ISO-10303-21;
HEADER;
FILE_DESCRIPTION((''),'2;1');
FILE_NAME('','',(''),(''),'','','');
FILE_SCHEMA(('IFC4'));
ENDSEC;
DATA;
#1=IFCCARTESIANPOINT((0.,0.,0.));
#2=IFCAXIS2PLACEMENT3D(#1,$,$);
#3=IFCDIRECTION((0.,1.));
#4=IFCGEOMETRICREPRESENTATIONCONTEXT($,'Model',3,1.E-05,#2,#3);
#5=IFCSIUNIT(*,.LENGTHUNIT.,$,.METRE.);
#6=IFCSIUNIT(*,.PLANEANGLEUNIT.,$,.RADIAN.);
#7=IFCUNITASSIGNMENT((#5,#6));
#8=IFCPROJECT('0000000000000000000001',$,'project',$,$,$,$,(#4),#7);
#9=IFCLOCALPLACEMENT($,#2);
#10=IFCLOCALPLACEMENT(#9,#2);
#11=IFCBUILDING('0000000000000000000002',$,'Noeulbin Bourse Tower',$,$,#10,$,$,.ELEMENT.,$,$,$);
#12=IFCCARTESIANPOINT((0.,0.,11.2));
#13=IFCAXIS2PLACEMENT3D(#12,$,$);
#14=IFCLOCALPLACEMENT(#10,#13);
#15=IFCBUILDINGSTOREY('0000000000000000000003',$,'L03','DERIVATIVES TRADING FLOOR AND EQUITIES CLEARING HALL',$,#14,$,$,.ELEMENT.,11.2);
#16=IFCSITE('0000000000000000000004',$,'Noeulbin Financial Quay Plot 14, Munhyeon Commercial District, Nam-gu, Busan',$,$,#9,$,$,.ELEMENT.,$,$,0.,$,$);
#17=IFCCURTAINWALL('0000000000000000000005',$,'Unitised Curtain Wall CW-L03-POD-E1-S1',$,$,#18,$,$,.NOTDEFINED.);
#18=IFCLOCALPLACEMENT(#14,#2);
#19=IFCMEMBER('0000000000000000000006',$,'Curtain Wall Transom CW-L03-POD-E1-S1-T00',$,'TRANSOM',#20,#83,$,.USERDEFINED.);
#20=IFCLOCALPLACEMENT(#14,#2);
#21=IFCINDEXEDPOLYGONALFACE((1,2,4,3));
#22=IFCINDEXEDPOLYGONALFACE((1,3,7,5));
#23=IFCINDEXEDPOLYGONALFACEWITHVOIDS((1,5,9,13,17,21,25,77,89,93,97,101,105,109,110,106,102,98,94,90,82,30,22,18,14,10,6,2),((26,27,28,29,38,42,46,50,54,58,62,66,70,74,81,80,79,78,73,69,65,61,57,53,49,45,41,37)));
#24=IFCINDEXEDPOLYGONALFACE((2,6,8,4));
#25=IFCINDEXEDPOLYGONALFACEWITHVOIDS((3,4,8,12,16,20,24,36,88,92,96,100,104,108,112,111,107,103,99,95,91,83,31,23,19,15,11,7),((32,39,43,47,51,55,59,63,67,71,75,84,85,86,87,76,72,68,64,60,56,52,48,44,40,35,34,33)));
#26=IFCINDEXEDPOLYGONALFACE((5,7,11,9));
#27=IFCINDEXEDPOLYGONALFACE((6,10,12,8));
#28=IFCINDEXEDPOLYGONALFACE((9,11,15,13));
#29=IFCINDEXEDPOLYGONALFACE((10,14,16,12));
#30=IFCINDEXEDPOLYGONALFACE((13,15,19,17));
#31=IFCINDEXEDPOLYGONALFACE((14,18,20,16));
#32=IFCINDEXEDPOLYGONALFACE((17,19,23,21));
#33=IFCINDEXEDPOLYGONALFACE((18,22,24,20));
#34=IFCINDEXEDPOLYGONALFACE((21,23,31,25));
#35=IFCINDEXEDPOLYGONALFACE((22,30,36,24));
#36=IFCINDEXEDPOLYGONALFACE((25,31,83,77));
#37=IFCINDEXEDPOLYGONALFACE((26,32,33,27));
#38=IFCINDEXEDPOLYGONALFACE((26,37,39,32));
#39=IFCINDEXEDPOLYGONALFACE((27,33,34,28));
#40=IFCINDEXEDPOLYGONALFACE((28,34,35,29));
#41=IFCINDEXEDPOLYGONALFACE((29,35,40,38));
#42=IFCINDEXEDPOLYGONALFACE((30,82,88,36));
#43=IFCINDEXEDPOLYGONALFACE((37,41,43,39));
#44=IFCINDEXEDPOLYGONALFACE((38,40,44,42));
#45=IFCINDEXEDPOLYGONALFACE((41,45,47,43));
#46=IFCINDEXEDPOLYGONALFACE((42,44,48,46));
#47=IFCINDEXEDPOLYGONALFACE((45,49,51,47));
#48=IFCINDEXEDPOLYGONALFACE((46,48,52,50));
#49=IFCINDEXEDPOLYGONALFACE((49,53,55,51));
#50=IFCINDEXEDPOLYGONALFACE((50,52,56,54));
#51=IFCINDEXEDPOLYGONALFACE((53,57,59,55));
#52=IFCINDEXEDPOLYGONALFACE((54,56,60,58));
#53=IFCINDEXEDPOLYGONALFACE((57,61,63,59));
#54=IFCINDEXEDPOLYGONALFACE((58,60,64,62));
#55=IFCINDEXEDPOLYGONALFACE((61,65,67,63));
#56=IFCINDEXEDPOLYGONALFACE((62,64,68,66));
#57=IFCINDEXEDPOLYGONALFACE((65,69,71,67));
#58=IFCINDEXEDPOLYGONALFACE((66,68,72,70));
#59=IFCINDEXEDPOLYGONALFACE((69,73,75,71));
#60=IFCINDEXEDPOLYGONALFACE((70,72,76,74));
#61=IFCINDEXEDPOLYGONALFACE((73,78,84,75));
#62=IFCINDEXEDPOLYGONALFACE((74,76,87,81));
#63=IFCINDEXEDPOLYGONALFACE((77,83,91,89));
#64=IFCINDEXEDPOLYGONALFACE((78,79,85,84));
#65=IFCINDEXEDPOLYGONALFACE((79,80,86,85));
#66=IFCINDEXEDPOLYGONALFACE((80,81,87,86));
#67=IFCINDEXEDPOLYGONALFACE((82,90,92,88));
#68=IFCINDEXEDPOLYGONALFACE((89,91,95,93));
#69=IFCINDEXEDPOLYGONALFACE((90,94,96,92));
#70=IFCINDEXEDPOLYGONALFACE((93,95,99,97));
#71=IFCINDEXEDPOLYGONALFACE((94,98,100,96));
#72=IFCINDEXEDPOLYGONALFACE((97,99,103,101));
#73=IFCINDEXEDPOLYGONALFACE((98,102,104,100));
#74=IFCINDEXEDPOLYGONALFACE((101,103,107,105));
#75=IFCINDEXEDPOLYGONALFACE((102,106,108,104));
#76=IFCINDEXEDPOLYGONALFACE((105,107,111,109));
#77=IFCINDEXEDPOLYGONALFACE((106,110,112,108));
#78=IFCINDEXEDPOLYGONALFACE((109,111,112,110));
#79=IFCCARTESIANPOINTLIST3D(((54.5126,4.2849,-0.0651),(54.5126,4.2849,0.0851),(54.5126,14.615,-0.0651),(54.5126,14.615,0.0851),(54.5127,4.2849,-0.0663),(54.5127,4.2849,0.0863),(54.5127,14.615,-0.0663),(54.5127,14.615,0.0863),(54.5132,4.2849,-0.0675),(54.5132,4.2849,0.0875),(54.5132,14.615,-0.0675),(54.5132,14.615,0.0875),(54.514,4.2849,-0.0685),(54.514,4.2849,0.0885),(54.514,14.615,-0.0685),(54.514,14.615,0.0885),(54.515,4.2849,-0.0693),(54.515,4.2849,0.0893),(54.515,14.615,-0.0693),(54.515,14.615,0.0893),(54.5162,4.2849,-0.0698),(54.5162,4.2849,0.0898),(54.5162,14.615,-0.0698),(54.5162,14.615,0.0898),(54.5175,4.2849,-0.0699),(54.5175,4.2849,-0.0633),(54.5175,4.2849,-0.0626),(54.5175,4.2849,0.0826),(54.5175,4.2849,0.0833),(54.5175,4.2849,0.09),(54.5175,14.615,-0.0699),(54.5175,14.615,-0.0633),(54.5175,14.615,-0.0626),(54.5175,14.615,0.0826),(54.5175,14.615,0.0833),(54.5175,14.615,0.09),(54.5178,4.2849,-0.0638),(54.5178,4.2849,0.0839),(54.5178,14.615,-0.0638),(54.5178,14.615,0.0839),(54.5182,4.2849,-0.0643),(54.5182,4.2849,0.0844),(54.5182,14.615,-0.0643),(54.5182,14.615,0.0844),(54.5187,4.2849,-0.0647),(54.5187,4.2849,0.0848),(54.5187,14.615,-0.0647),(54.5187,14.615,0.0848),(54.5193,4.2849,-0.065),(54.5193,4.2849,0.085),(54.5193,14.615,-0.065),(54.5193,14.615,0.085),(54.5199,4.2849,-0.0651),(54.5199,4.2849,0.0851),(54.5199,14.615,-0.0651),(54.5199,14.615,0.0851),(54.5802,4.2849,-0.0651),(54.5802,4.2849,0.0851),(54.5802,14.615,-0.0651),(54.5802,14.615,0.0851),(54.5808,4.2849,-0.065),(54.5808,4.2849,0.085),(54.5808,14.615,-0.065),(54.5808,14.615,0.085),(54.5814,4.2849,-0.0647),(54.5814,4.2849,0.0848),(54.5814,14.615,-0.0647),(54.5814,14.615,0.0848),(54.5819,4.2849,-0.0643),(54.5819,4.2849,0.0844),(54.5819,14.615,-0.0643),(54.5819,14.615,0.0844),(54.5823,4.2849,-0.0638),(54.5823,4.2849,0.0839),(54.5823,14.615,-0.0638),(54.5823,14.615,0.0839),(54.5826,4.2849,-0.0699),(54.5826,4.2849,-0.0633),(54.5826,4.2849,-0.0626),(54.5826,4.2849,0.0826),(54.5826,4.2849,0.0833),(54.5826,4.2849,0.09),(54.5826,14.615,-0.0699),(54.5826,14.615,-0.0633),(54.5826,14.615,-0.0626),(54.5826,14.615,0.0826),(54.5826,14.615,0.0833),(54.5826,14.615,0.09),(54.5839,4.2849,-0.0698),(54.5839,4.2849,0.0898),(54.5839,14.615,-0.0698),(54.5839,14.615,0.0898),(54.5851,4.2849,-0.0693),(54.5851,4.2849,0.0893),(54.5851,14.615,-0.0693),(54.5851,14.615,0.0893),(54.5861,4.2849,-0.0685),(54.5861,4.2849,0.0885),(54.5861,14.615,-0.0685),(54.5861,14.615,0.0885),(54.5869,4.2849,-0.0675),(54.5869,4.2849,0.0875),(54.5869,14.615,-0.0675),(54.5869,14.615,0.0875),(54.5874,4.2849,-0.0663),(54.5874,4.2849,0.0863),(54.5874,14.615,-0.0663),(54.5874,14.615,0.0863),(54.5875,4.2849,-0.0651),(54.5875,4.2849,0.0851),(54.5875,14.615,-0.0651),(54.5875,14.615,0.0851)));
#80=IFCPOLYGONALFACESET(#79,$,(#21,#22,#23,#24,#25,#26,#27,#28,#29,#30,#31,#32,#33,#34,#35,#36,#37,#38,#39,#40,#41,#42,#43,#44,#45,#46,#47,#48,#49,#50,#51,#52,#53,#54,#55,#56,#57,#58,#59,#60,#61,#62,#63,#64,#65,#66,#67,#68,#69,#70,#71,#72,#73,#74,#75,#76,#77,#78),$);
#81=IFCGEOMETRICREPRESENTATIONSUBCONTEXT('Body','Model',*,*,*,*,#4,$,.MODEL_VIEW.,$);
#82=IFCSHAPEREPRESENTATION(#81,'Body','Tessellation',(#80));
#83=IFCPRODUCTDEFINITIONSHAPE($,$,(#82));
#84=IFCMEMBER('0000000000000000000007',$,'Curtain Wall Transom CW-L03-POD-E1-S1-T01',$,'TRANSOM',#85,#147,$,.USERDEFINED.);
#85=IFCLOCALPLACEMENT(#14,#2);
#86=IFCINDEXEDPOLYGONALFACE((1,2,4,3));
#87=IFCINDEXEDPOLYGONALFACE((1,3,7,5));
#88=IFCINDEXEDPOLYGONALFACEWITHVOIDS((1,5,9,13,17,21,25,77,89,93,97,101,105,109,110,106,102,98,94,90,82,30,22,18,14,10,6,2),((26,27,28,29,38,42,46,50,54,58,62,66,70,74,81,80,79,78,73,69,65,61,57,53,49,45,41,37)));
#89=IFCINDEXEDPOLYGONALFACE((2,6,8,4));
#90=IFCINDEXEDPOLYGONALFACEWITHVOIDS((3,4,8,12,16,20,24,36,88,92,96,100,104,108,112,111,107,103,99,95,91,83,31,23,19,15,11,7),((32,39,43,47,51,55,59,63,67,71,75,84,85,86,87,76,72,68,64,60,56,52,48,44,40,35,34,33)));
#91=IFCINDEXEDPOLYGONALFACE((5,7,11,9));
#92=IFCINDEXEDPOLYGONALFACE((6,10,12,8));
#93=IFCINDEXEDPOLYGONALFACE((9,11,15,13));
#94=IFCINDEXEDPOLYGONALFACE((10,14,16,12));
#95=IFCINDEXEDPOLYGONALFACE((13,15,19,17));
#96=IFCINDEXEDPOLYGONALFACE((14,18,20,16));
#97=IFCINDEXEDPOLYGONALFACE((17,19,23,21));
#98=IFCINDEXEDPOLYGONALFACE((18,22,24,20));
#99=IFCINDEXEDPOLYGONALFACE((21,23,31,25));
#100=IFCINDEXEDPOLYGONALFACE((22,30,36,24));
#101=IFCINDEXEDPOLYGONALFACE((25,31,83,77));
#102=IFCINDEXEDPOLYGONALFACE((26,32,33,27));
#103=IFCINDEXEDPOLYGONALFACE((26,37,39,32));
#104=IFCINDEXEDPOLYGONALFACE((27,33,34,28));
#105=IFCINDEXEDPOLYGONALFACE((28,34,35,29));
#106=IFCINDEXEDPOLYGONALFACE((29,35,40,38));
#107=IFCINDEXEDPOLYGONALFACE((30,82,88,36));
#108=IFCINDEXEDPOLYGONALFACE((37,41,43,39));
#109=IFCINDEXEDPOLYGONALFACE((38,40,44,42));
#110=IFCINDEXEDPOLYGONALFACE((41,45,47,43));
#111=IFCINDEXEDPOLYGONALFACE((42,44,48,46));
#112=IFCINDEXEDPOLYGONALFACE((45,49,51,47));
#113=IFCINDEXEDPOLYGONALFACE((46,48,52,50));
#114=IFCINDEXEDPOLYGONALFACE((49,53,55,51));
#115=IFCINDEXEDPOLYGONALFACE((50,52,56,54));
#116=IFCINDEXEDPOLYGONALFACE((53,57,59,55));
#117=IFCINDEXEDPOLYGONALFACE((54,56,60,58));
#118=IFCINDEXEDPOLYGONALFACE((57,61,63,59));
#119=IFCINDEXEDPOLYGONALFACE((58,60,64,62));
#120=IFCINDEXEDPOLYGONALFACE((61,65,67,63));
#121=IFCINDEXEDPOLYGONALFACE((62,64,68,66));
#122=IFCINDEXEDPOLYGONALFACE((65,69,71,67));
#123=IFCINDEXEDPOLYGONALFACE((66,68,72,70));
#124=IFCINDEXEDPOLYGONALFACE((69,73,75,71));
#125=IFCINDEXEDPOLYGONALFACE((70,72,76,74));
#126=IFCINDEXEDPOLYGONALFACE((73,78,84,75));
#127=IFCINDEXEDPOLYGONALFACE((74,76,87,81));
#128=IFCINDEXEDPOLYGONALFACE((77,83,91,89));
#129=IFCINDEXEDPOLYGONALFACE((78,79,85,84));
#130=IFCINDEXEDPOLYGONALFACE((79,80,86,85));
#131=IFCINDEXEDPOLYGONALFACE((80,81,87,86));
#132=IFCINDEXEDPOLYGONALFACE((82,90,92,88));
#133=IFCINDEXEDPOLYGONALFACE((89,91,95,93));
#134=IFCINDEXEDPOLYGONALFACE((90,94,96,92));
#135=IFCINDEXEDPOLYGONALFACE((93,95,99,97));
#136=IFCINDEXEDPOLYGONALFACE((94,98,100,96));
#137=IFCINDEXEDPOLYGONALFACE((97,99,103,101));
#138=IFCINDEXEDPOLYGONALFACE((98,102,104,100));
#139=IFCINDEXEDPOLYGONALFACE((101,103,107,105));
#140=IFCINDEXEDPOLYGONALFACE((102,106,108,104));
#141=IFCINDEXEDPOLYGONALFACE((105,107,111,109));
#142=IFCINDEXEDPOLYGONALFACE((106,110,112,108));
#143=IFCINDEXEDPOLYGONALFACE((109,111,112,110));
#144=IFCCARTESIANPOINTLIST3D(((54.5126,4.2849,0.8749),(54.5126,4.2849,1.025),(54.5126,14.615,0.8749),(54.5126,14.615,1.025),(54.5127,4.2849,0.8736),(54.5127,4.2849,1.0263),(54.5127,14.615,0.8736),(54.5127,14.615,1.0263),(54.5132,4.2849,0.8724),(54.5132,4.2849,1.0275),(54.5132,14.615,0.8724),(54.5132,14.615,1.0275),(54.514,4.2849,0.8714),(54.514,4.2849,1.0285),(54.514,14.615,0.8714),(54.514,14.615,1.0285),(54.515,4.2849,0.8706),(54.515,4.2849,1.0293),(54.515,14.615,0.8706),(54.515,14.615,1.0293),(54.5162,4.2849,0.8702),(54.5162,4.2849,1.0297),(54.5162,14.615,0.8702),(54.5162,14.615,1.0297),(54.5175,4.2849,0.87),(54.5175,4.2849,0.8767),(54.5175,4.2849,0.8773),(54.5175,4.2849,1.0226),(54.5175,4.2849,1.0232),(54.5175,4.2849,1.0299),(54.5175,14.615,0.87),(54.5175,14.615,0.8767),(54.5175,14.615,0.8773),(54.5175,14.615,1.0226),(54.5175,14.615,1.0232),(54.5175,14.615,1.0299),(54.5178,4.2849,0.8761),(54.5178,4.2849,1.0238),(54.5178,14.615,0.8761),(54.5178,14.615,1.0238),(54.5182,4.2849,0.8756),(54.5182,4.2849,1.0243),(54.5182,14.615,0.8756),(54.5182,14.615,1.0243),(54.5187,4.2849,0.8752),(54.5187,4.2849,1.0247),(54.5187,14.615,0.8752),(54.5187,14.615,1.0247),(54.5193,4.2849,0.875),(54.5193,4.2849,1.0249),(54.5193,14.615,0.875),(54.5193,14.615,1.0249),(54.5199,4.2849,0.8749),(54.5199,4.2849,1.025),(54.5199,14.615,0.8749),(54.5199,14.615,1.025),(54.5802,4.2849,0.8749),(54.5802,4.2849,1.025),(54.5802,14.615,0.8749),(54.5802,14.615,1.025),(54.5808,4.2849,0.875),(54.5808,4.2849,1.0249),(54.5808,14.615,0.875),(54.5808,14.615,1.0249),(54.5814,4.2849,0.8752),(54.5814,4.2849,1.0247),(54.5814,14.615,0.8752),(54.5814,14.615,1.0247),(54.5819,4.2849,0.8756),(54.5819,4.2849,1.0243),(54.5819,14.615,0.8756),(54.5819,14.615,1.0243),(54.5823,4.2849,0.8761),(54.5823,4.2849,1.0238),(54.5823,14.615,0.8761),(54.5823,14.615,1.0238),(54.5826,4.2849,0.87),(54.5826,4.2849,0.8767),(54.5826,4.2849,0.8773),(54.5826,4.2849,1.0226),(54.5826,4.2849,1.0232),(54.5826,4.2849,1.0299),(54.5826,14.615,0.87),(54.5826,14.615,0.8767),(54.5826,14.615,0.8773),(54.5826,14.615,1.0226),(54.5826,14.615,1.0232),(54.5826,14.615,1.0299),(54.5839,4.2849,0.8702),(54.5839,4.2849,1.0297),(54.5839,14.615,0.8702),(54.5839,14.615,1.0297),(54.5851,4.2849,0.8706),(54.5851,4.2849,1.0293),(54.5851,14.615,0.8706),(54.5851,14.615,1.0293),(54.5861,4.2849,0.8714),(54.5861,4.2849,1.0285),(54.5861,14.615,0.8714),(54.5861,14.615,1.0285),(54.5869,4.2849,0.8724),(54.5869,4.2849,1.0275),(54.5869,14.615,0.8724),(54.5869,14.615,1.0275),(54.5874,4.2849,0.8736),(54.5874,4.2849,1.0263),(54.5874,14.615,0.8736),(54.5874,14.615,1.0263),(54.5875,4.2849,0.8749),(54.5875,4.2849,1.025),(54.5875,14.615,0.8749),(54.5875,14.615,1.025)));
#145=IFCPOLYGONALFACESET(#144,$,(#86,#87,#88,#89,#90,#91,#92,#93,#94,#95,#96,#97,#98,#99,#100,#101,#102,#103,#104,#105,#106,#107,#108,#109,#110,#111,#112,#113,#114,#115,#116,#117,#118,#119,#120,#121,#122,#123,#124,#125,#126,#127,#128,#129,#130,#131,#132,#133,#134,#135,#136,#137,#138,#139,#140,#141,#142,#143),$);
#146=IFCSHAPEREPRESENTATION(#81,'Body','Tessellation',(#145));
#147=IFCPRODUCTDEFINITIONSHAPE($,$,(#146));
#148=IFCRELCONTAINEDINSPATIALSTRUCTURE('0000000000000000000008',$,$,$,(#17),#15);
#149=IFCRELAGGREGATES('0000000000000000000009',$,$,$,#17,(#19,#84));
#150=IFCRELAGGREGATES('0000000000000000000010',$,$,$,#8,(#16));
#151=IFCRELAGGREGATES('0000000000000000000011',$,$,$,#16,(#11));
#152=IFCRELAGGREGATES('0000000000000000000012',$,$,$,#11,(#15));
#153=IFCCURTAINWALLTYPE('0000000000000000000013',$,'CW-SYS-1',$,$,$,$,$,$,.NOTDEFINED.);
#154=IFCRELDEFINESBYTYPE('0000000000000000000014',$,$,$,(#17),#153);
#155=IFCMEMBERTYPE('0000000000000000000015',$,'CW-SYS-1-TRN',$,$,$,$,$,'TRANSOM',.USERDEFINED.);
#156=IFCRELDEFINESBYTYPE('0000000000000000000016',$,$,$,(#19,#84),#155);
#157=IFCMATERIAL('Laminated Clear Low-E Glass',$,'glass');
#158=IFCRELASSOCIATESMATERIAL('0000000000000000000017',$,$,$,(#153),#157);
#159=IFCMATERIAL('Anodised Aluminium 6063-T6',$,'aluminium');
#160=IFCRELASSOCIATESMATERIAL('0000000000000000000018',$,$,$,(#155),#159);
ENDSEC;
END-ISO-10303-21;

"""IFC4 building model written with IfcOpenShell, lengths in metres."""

from ifc_helpers import new_model, si_unit, direction, frame, origin, origin_2d, place, context, subcontext, project, spatial, hollow_rectangle, extrude, material, material_profile, profile_set, type_object, element, aggregate, save


model = new_model("IFC4")

# Units and contexts
model_context = context("Model", 3, precision=1e-05, world=origin(), true_north=direction((0.0, 1.0)))
body_context = subcontext(model_context, "Body", "Model", "MODEL_VIEW")
ifc_project = project(units=[si_unit("LENGTHUNIT", "METRE"), si_unit("PLANEANGLEUNIT", "RADIAN")], contexts=[model_context])

# Site, building, storey
site_placement = place(None, origin())
site = spatial("IfcSite", under=ifc_project, at=site_placement, Name="Noeulbin Financial Quay Plot 14, Munhyeon Commercial District, Nam-gu, Busan", CompositionType="ELEMENT", RefElevation=0.0)
building_placement = place(site_placement, origin())
building = spatial("IfcBuilding", under=site, at=building_placement, Name="Noeulbin Bourse Tower", CompositionType="ELEMENT")
storey_placement = place(building_placement, frame((0.0, 0.0, 11.2)))
storey = spatial("IfcBuildingStorey", under=building, at=storey_placement, Name="L03", Description="DERIVATIVES TRADING FLOOR AND EQUITIES CLEARING HALL", CompositionType="ELEMENT", Elevation=11.2)

# Shared definitions
ifc_material_1 = material(Name="Laminated Clear Low-E Glass", Category="glass")
curtain_wall_type = type_object("IfcCurtainWallType", Name="CW-SYS-1", PredefinedType="NOTDEFINED", material=ifc_material_1)
ifc_material_2 = material(Name="Anodised Aluminium 6063-T6", Category="aluminium")

# Curtain wall
curtain_wall_1_placement = place(storey_placement, origin())
curtain_wall_1 = element("IfcCurtainWall", 1, at=curtain_wall_1_placement, inside=storey, type_object=curtain_wall_type, Name="Unitised Curtain Wall CW-L03-POD-E1-S1", PredefinedType="NOTDEFINED")

# Members
ifc_material_profile_1 = material_profile(ifc_material_2, hollow_rectangle(XDim=0.075, YDim=0.1599, WallThickness=0.0049, InnerFilletRadius=0.0024, OuterFilletRadius=0.0049, at=origin_2d()), Name="ALU-TRAN-75x160x5", Category="LoadBearing")
ifc_profile_set_1 = profile_set([ifc_material_profile_1], Name="Anodised Aluminium 6063-T6")
member_type_1 = type_object("IfcMemberType", Name="CW-SYS-1-TRN", ElementType="TRANSOM", PredefinedType="USERDEFINED", material=ifc_profile_set_1)
member_1_placement = place(storey_placement, frame((54.55, 4.2849, 0.01), z_axis=(0.0, 1.0, 0.0), x_axis=(-1.0, 0.0, 0.0)))
member_1 = element("IfcMember", 2, at=member_1_placement, type_object=member_type_1, Name="Curtain Wall Transom CW-L03-POD-E1-S1-T00", ObjectType="TRANSOM", PredefinedType="USERDEFINED", context=body_context, shape_type="SweptSolid", body=[
    extrude(hollow_rectangle(XDim=0.075, YDim=0.1599, WallThickness=0.0049, InnerFilletRadius=0.0024, OuterFilletRadius=0.0049, at=origin_2d()), origin(), (0.0, 0.0, 1.0), 10.3301),
])
member_2_placement = place(storey_placement, frame((54.55, 4.2849, 0.95), z_axis=(0.0, 1.0, 0.0), x_axis=(-1.0, 0.0, 0.0)))
member_2 = element("IfcMember", 3, at=member_2_placement, type_object=member_type_1, Name="Curtain Wall Transom CW-L03-POD-E1-S1-T01", ObjectType="TRANSOM", PredefinedType="USERDEFINED", context=body_context, shape_type="SweptSolid", body=[
    extrude(hollow_rectangle(XDim=0.075, YDim=0.1599, WallThickness=0.0049, InnerFilletRadius=0.0024, OuterFilletRadius=0.0049, at=origin_2d()), origin(), (0.0, 0.0, 1.0), 10.3301),
])

aggregate(curtain_wall_1, [member_1, member_2])

save(model, "model.ifc")
